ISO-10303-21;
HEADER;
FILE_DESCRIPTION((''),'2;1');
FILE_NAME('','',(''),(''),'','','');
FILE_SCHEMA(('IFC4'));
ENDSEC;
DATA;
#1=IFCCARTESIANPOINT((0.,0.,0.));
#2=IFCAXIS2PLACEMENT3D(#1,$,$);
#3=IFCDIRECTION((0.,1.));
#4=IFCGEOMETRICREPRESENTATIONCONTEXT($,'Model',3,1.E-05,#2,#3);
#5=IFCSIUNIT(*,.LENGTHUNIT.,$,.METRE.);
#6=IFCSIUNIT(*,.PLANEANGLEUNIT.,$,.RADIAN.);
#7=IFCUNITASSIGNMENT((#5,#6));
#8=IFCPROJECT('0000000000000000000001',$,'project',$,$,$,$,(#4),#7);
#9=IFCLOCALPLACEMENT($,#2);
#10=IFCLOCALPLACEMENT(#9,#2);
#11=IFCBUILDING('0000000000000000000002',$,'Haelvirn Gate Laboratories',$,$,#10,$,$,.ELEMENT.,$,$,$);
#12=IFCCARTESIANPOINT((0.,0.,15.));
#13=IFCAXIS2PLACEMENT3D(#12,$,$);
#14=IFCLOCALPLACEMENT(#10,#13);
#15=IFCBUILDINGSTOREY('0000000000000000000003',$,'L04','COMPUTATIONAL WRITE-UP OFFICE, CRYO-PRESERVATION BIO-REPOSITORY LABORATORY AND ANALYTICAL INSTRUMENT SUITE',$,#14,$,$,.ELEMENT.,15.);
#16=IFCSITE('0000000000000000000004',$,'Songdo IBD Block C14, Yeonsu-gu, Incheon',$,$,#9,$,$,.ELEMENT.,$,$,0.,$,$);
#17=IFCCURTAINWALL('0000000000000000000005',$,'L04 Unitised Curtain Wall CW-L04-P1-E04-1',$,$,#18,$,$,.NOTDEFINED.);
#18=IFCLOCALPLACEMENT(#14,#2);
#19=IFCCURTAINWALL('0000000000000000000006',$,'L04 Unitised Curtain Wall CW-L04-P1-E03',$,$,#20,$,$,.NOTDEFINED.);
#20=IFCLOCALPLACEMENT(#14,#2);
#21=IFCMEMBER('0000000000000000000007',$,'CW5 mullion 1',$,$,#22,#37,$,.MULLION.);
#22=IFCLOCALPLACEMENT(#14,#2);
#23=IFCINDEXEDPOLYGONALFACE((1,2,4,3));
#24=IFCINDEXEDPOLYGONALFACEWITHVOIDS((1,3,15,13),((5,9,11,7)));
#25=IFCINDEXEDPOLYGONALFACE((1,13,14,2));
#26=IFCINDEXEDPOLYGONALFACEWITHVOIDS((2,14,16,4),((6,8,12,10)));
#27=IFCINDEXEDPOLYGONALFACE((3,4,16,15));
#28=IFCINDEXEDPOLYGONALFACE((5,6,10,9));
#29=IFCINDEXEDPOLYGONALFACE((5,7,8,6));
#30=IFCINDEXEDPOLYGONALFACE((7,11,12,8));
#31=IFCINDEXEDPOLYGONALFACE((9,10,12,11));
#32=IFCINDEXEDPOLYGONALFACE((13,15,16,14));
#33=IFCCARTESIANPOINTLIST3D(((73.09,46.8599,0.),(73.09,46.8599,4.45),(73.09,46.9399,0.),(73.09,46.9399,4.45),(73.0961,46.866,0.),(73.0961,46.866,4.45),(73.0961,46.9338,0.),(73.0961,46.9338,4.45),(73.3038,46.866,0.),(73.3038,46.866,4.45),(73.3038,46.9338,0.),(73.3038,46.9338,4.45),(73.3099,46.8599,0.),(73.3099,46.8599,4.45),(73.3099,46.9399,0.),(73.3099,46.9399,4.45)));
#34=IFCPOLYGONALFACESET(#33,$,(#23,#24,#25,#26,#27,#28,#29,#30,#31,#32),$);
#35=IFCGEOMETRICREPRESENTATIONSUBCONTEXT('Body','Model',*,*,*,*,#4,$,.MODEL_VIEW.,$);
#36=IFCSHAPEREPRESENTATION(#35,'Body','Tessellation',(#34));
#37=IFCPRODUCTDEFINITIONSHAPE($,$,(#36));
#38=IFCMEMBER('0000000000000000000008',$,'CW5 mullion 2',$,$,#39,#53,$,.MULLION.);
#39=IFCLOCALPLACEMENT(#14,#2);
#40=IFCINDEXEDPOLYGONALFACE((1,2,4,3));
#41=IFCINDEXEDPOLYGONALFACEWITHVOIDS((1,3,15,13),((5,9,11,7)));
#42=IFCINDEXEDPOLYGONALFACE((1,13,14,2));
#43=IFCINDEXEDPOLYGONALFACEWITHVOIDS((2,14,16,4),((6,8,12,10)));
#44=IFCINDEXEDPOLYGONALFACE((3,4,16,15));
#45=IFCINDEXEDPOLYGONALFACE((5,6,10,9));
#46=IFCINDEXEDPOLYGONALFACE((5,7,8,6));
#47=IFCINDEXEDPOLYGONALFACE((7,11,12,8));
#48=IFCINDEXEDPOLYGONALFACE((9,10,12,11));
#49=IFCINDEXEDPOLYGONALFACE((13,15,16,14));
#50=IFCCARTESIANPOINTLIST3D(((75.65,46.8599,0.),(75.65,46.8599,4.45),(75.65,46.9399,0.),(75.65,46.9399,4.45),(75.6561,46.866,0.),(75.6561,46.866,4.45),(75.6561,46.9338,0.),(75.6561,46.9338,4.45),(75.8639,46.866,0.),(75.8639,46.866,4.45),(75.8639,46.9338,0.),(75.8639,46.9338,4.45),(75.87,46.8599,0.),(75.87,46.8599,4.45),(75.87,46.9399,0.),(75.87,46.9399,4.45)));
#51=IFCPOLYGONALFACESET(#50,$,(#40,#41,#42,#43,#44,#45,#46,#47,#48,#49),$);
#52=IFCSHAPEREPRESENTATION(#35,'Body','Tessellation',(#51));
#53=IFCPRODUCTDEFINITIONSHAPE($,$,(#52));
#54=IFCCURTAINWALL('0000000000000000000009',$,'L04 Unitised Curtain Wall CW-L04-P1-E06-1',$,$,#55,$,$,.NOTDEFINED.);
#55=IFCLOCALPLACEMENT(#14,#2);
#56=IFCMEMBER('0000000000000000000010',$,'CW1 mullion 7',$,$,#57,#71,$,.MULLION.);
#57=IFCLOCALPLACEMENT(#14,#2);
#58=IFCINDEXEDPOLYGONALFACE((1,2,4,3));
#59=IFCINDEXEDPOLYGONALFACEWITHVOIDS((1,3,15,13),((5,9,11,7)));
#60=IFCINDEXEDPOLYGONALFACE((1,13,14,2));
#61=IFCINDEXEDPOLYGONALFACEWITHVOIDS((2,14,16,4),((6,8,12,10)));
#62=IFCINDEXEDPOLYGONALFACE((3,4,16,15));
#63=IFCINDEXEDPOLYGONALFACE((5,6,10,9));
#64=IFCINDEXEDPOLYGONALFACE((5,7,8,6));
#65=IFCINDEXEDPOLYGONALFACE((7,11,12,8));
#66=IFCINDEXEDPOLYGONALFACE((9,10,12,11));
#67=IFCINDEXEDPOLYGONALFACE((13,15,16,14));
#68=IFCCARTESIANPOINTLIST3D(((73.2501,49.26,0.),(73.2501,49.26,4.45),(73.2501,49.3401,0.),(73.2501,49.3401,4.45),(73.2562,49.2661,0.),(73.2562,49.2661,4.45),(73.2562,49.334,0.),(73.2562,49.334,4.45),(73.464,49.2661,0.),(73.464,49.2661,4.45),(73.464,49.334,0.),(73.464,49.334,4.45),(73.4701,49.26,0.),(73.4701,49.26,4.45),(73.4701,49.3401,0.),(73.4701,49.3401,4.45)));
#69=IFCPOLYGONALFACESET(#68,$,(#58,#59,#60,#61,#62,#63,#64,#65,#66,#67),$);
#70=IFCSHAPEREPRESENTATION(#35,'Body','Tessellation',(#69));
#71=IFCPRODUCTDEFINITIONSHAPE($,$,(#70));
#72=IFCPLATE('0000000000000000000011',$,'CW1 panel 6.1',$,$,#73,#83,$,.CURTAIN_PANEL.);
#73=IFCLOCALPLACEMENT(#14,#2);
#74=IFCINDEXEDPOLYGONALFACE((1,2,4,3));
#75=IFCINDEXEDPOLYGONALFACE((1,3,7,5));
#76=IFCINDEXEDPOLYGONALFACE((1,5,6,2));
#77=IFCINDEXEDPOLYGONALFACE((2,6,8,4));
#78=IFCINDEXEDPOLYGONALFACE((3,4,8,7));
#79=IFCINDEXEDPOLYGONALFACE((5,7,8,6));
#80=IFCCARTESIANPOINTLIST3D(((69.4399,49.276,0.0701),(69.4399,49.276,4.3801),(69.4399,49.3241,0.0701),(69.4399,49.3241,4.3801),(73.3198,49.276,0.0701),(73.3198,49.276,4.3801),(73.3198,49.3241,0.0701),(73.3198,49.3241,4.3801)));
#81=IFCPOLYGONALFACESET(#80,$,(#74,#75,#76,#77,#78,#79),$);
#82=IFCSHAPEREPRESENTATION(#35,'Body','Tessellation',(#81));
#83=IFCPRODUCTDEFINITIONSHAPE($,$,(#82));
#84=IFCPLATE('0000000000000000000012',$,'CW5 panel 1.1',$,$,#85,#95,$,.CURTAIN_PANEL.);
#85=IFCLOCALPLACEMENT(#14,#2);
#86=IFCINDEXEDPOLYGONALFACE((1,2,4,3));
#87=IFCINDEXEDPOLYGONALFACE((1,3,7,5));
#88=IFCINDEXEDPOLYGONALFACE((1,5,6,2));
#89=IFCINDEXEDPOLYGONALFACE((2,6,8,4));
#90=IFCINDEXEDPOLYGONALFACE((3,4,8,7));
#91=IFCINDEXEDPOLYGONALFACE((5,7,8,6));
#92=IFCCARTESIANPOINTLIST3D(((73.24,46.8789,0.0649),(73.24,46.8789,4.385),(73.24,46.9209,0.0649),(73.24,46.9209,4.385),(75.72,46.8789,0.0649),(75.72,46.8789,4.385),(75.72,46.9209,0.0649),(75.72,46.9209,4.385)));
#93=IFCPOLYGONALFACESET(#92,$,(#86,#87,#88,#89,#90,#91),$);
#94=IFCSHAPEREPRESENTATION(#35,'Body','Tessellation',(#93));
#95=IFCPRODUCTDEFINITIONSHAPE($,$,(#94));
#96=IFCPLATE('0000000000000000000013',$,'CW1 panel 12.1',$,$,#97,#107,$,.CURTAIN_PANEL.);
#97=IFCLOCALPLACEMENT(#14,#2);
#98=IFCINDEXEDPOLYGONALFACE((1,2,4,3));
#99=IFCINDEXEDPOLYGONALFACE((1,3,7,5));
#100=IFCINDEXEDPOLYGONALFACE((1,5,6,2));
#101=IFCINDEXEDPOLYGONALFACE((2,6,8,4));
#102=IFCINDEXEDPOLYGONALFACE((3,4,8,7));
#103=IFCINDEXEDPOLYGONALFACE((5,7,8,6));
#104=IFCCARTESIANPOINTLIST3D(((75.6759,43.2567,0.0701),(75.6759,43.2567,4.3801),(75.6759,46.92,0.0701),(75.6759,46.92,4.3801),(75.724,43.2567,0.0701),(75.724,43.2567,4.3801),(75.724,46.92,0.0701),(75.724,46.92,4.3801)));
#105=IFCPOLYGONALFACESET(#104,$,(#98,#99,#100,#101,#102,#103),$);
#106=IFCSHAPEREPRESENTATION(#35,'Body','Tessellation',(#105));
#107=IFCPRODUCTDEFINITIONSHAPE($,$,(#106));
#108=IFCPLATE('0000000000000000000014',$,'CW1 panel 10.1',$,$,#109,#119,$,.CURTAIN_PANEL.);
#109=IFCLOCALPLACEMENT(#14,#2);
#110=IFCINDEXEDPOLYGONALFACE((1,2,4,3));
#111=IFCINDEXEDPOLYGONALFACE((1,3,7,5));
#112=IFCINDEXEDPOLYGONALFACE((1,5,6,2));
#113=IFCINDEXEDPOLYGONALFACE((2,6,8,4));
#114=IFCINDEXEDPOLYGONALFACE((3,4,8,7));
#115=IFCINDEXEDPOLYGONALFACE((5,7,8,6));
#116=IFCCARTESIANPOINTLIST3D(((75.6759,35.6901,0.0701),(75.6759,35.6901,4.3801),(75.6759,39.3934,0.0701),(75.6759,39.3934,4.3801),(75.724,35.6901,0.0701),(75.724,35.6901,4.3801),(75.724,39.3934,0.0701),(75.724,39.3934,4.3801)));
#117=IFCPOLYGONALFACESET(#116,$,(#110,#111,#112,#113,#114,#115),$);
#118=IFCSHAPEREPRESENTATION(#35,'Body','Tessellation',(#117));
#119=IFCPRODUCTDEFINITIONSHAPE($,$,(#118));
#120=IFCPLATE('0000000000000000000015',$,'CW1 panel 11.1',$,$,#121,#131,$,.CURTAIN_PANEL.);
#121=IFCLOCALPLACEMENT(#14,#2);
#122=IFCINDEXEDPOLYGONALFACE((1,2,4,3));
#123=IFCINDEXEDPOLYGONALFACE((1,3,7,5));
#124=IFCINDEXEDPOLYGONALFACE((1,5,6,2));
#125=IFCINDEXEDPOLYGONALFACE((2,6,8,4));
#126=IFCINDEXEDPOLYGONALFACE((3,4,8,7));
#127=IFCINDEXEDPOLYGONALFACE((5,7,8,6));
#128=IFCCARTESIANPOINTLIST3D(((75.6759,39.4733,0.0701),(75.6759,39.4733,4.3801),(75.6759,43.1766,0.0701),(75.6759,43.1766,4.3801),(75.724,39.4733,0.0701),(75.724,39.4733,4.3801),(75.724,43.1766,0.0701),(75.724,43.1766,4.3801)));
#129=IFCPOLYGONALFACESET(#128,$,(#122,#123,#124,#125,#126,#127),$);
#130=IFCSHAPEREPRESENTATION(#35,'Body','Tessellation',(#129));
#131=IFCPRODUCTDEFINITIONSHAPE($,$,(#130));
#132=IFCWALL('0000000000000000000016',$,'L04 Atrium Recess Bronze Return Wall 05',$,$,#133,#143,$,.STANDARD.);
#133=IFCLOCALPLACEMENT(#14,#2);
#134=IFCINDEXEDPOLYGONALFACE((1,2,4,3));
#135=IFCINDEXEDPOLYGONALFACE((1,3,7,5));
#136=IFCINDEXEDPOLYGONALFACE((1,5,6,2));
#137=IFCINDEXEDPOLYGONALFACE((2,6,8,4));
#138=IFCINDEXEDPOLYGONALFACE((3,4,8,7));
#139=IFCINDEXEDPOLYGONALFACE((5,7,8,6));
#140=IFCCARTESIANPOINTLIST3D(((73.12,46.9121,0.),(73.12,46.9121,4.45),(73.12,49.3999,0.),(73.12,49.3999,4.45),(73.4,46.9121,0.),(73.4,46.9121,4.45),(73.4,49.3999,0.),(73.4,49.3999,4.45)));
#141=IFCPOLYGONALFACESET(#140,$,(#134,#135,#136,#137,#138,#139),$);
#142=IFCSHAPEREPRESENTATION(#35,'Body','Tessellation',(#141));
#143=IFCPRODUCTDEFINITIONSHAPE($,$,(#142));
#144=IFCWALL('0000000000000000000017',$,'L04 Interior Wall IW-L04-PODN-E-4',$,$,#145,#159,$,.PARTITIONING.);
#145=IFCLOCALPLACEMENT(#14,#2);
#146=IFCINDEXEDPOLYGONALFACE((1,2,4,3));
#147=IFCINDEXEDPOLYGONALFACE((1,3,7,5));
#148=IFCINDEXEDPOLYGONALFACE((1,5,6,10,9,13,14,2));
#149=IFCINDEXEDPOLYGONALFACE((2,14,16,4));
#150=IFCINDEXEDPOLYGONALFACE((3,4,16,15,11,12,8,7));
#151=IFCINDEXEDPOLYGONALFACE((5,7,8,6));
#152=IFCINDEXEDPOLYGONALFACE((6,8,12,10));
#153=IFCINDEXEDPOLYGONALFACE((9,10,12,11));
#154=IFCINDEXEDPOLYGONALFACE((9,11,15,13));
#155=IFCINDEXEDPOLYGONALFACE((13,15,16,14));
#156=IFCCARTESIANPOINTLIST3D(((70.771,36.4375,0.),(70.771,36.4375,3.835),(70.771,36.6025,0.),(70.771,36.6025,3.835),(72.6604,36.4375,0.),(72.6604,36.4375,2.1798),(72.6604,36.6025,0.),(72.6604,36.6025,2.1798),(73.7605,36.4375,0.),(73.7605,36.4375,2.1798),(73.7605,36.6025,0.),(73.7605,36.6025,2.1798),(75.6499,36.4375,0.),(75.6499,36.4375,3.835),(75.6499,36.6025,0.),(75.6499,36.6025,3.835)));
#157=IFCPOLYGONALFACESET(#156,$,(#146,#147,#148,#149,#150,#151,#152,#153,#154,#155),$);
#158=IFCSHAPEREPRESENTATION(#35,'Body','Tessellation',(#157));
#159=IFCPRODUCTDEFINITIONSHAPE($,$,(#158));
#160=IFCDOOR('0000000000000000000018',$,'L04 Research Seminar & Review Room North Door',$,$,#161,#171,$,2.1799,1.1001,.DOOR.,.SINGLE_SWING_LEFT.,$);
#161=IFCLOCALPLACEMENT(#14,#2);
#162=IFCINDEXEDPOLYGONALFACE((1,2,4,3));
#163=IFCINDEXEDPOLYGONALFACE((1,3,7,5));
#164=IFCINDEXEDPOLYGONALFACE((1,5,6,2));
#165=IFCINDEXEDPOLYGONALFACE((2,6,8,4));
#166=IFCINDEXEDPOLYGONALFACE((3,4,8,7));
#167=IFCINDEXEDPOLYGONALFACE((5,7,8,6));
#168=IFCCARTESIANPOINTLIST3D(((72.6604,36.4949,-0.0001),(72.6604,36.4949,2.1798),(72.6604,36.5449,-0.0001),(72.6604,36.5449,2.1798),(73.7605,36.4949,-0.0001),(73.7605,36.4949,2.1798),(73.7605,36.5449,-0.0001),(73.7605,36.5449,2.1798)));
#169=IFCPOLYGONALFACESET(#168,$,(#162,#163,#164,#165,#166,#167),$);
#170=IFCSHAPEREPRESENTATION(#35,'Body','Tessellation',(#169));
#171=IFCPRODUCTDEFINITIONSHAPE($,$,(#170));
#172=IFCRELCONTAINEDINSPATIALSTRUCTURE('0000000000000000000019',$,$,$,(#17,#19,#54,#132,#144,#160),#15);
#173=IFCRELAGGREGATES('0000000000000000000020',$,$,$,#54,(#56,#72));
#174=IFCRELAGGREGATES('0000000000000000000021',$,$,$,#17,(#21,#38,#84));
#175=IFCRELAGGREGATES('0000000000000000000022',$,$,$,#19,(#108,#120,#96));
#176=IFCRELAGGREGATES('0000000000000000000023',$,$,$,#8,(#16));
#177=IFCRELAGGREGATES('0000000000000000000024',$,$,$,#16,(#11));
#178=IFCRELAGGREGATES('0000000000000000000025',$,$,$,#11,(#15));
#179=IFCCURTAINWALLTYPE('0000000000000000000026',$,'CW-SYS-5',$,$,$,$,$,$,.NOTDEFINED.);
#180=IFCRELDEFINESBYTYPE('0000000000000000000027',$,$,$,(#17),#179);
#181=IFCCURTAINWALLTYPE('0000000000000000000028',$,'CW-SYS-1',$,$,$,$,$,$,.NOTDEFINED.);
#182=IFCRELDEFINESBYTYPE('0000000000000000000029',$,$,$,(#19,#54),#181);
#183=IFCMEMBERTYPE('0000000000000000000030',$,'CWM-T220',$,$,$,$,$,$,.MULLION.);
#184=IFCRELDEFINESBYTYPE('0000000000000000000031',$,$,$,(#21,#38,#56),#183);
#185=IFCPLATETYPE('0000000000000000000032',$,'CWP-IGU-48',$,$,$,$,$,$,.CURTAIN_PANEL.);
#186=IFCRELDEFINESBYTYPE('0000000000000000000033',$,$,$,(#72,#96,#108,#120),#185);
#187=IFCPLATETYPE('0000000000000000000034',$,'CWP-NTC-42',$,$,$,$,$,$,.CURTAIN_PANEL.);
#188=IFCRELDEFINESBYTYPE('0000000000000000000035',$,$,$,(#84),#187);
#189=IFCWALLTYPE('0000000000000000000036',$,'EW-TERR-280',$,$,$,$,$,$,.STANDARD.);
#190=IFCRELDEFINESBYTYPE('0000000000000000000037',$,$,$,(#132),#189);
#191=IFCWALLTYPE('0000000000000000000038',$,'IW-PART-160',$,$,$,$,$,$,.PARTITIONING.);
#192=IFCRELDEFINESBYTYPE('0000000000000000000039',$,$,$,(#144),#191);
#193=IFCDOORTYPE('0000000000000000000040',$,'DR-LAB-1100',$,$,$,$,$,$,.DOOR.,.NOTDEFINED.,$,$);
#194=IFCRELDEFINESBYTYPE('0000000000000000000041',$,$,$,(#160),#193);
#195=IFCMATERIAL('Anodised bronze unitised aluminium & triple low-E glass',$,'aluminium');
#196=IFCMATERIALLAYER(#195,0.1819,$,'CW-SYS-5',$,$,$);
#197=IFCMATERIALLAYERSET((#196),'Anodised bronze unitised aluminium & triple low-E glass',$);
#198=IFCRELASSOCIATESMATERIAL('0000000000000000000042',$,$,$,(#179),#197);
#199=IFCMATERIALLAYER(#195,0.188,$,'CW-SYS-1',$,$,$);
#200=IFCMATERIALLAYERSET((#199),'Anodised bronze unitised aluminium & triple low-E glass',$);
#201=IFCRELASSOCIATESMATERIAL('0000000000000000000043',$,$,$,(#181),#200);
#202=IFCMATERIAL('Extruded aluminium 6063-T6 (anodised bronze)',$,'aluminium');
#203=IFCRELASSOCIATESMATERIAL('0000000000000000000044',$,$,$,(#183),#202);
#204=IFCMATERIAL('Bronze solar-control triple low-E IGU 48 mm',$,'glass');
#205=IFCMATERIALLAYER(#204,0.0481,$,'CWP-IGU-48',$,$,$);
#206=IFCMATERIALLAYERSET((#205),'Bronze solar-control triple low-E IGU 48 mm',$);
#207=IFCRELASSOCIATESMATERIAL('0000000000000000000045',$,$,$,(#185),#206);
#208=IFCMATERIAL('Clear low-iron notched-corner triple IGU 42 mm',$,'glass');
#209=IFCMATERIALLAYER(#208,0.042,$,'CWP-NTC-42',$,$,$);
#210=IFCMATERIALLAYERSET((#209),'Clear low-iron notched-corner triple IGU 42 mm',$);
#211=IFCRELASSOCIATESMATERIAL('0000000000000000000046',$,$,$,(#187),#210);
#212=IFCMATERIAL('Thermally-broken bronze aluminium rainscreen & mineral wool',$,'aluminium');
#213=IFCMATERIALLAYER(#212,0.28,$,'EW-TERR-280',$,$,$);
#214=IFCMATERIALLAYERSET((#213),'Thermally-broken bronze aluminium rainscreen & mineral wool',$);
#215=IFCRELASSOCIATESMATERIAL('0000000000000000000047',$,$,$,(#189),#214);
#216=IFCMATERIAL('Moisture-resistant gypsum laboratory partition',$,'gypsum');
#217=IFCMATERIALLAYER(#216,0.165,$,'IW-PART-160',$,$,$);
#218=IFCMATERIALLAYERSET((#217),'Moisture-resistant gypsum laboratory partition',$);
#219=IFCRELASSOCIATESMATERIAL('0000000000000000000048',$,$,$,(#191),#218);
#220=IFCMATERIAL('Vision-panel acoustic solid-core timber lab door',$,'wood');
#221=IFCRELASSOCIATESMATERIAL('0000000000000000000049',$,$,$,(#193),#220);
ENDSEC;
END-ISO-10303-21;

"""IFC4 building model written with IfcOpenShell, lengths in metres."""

from ifc_helpers import new_model, si_unit, direction, frame, frame_2d, origin, origin_2d, place, context, subcontext, project, spatial, rectangle, hollow_rectangle, extrude, source, transform, mapped, material, layer, layer_set, material_profile, profile_set, type_object, type_shapes, element, fill, aggregate, save


model = new_model("IFC4")

# Units and contexts
model_context = context("Model", 3, precision=1e-05, world=origin(), true_north=direction((0.0, 1.0)))
body_context = subcontext(model_context, "Body", "Model", "MODEL_VIEW")
ifc_project = project(units=[si_unit("LENGTHUNIT", "METRE"), si_unit("PLANEANGLEUNIT", "RADIAN")], contexts=[model_context])

# Site, building, storey
site_placement = place(None, origin())
site = spatial("IfcSite", under=ifc_project, at=site_placement, Name="Songdo IBD Block C14, Yeonsu-gu, Incheon", CompositionType="ELEMENT", RefElevation=0.0)
building_placement = place(site_placement, origin())
building = spatial("IfcBuilding", under=site, at=building_placement, Name="Haelvirn Gate Laboratories", CompositionType="ELEMENT")
storey_placement = place(building_placement, frame((0.0, 0.0, 15.0)))
storey = spatial("IfcBuildingStorey", under=building, at=storey_placement, Name="L04", Description="COMPUTATIONAL WRITE-UP OFFICE, CRYO-PRESERVATION BIO-REPOSITORY LABORATORY AND ANALYTICAL INSTRUMENT SUITE", CompositionType="ELEMENT", Elevation=15.0)

# Curtain walls
ifc_material_1 = material(Name="Anodised bronze unitised aluminium & triple low-E glass", Category="aluminium")
ifc_layer_1 = layer(ifc_material_1, 0.1819, Name="CW-SYS-5")
ifc_layer_set_1 = layer_set([ifc_layer_1], Name="Anodised bronze unitised aluminium & triple low-E glass")
curtain_wall_type_1 = type_object("IfcCurtainWallType", Name="CW-SYS-5", PredefinedType="NOTDEFINED", material=ifc_layer_set_1)
curtain_wall_1_placement = place(storey_placement, origin())
curtain_wall_1 = element("IfcCurtainWall", 1, at=curtain_wall_1_placement, inside=storey, type_object=curtain_wall_type_1, Name="L04 Unitised Curtain Wall CW-L04-P1-E04-1", PredefinedType="NOTDEFINED")
ifc_material_2 = material(Name="Extruded aluminium 6063-T6 (anodised bronze)", Category="aluminium")
ifc_layer_2 = layer(ifc_material_1, 0.188, Name="CW-SYS-1")
ifc_layer_set_2 = layer_set([ifc_layer_2], Name="Anodised bronze unitised aluminium & triple low-E glass")
curtain_wall_type_2 = type_object("IfcCurtainWallType", Name="CW-SYS-1", PredefinedType="NOTDEFINED", material=ifc_layer_set_2)
curtain_wall_2_placement = place(storey_placement, origin())
curtain_wall_2 = element("IfcCurtainWall", 2, at=curtain_wall_2_placement, inside=storey, type_object=curtain_wall_type_2, Name="L04 Unitised Curtain Wall CW-L04-P1-E03", PredefinedType="NOTDEFINED")
ifc_material_profile_1 = material_profile(ifc_material_2, hollow_rectangle(XDim=0.0801, YDim=0.22, WallThickness=0.0061, at=origin_2d()), Name="CWM-220x80x6")
ifc_profile_set_1 = profile_set([ifc_material_profile_1], Name="Extruded aluminium 6063-T6 (anodised bronze)")
member_type_1 = type_object("IfcMemberType", Name="CWM-T220", PredefinedType="MULLION", material=ifc_profile_set_1)
shared_shape_1 = source(origin(), body_context, "Body", "SweptSolid", [
    extrude(hollow_rectangle(XDim=0.0801, YDim=0.22, WallThickness=0.0061, at=origin_2d()), origin(), (0.0, 0.0, 1.0), 4.45),
])
type_shapes(member_type_1, [shared_shape_1])

# Members
member_1_placement = place(storey_placement, frame((73.2, 46.8999, 0.0), z_axis=(0.0, 0.0, 1.0), x_axis=(0.0, 1.0, 0.0)))
member_1 = element("IfcMember", 3, at=member_1_placement, type_object=member_type_1, Name="CW5 mullion 1", PredefinedType="MULLION", context=body_context, shape_type="MappedRepresentation", body=[
    mapped(shared_shape_1, transform((0.0, 0.0, 0.0), scale=1.0)),
])
member_2_placement = place(storey_placement, frame((75.76, 46.8999, 0.0), z_axis=(0.0, 0.0, 1.0), x_axis=(0.0, 1.0, 0.0)))
member_2 = element("IfcMember", 4, at=member_2_placement, type_object=member_type_1, Name="CW5 mullion 2", PredefinedType="MULLION", context=body_context, shape_type="MappedRepresentation", body=[
    mapped(shared_shape_1, transform((0.0, 0.0, 0.0), scale=1.0)),
])

# Curtain wall, member, plate
curtain_wall_3_placement = place(storey_placement, origin())
curtain_wall_3 = element("IfcCurtainWall", 5, at=curtain_wall_3_placement, inside=storey, type_object=curtain_wall_type_2, Name="L04 Unitised Curtain Wall CW-L04-P1-E06-1", PredefinedType="NOTDEFINED")
member_3_placement = place(storey_placement, frame((73.3601, 49.3, 0.0), z_axis=(0.0, 0.0, 1.0), x_axis=(0.0, 1.0, 0.0)))
member_3 = element("IfcMember", 6, at=member_3_placement, type_object=member_type_1, Name="CW1 mullion 7", PredefinedType="MULLION", context=body_context, shape_type="MappedRepresentation", body=[
    mapped(shared_shape_1, transform((0.0, 0.0, 0.0), scale=1.0)),
])
ifc_material_3 = material(Name="Bronze solar-control triple low-E IGU 48 mm", Category="glass")
ifc_layer_3 = layer(ifc_material_3, 0.0481, Name="CWP-IGU-48")
ifc_layer_set_3 = layer_set([ifc_layer_3], Name="Bronze solar-control triple low-E IGU 48 mm")
plate_type_1 = type_object("IfcPlateType", Name="CWP-IGU-48", PredefinedType="CURTAIN_PANEL", material=ifc_layer_set_3)
shared_shape_2 = source(origin(), body_context, "Body", "SweptSolid", [
    extrude(rectangle(XDim=3.8799, YDim=0.0481, at=origin_2d()), origin(), (0.0, 0.0, 1.0), 4.3101),
])
plate_1_placement = place(storey_placement, frame((71.3799, 49.3, 0.0701), z_axis=(0.0, 0.0, 1.0), x_axis=(1.0, 0.0, 0.0)))
plate_1 = element("IfcPlate", 7, at=plate_1_placement, type_object=plate_type_1, Name="CW1 panel 6.1", PredefinedType="CURTAIN_PANEL", context=body_context, shape_type="MappedRepresentation", body=[
    mapped(shared_shape_2, transform((0.0, 0.0, 0.0), scale=1.0)),
])
aggregate(curtain_wall_3, [member_3, plate_1])

# Plates
ifc_material_4 = material(Name="Clear low-iron notched-corner triple IGU 42 mm", Category="glass")
ifc_layer_4 = layer(ifc_material_4, 0.042, Name="CWP-NTC-42")
ifc_layer_set_4 = layer_set([ifc_layer_4], Name="Clear low-iron notched-corner triple IGU 42 mm")
plate_type_2 = type_object("IfcPlateType", Name="CWP-NTC-42", PredefinedType="CURTAIN_PANEL", material=ifc_layer_set_4)
shared_shape_3 = source(origin(), body_context, "Body", "SweptSolid", [
    extrude(rectangle(XDim=2.48, YDim=0.042, at=origin_2d()), origin(), (0.0, 0.0, 1.0), 4.3201),
])
type_shapes(plate_type_2, [shared_shape_3])
plate_2_placement = place(storey_placement, frame((74.48, 46.8999, 0.0649), z_axis=(0.0, 0.0, 1.0), x_axis=(1.0, 0.0, 0.0)))
plate_2 = element("IfcPlate", 8, at=plate_2_placement, type_object=plate_type_2, Name="CW5 panel 1.1", PredefinedType="CURTAIN_PANEL", context=body_context, shape_type="MappedRepresentation", body=[
    mapped(shared_shape_3, transform((0.0, 0.0, 0.0), scale=1.0)),
])
aggregate(curtain_wall_1, [member_1, member_2, plate_2])
shared_shape_4 = source(origin(), body_context, "Body", "SweptSolid", [
    extrude(rectangle(XDim=3.6633, YDim=0.0481, at=origin_2d()), origin(), (0.0, 0.0, 1.0), 4.3101),
])
plate_3_placement = place(storey_placement, frame((75.7, 45.0884, 0.0701), z_axis=(0.0, 0.0, 1.0), x_axis=(0.0, 1.0, 0.0)))
plate_3 = element("IfcPlate", 9, at=plate_3_placement, type_object=plate_type_1, Name="CW1 panel 12.1", PredefinedType="CURTAIN_PANEL", context=body_context, shape_type="MappedRepresentation", body=[
    mapped(shared_shape_4, transform((0.0, 0.0, 0.0), scale=1.0)),
])
shared_shape_5 = source(origin(), body_context, "Body", "SweptSolid", [
    extrude(rectangle(XDim=3.7034, YDim=0.0481, at=origin_2d()), origin(), (0.0, 0.0, 1.0), 4.3101),
])
type_shapes(plate_type_1, [shared_shape_2, shared_shape_4, shared_shape_5])
plate_4_placement = place(storey_placement, frame((75.7, 37.5417, 0.0701), z_axis=(0.0, 0.0, 1.0), x_axis=(0.0, 1.0, 0.0)))
plate_4 = element("IfcPlate", 10, at=plate_4_placement, type_object=plate_type_1, Name="CW1 panel 10.1", PredefinedType="CURTAIN_PANEL", context=body_context, shape_type="MappedRepresentation", body=[
    mapped(shared_shape_5, transform((0.0, 0.0, 0.0), scale=1.0)),
])
plate_5_placement = place(storey_placement, frame((75.7, 41.325, 0.0701), z_axis=(0.0, 0.0, 1.0), x_axis=(0.0, 1.0, 0.0)))
plate_5 = element("IfcPlate", 11, at=plate_5_placement, type_object=plate_type_1, Name="CW1 panel 11.1", PredefinedType="CURTAIN_PANEL", context=body_context, shape_type="MappedRepresentation", body=[
    mapped(shared_shape_5, transform((0.0, 0.0, 0.0), scale=1.0)),
])
aggregate(curtain_wall_2, [plate_4, plate_5, plate_3])

# Wall
ifc_material_5 = material(Name="Thermally-broken bronze aluminium rainscreen & mineral wool", Category="aluminium")
ifc_layer_5 = layer(ifc_material_5, 0.28, Name="EW-TERR-280")
ifc_layer_set_5 = layer_set([ifc_layer_5], Name="Thermally-broken bronze aluminium rainscreen & mineral wool")
wall_type_1 = type_object("IfcWallType", Name="EW-TERR-280", PredefinedType="STANDARD", material=ifc_layer_set_5)
wall_1_placement = place(storey_placement, frame((73.26, 46.9121, 0.0), z_axis=(0.0, 0.0, 1.0), x_axis=(0.0, 1.0, 0.0)))
element("IfcWall", 12, at=wall_1_placement, inside=storey, type_object=wall_type_1, Name="L04 Atrium Recess Bronze Return Wall 05", PredefinedType="STANDARD", context=body_context, shape_type="SweptSolid", body=[
    extrude(rectangle(XDim=2.4878, YDim=0.28, at=frame_2d((1.2439, 0.0))), origin(), (0.0, 0.0, 1.0), 4.45),
])

# Wall, opening, door
ifc_material_6 = material(Name="Moisture-resistant gypsum laboratory partition", Category="gypsum")
ifc_layer_6 = layer(ifc_material_6, 0.165, Name="IW-PART-160")
ifc_layer_set_6 = layer_set([ifc_layer_6], Name="Moisture-resistant gypsum laboratory partition")
wall_type_2 = type_object("IfcWallType", Name="IW-PART-160", PredefinedType="PARTITIONING", material=ifc_layer_set_6)
wall_2_placement = place(storey_placement, frame((70.771, 36.52, 0.0), z_axis=(0.0, 0.0, 1.0), x_axis=(1.0, 0.0, 0.0)))
wall_2 = element("IfcWall", 13, at=wall_2_placement, inside=storey, type_object=wall_type_2, Name="L04 Interior Wall IW-L04-PODN-E-4", PredefinedType="PARTITIONING", context=body_context, shape_type="SweptSolid", body=[
    extrude(rectangle(XDim=4.8789, YDim=0.165, at=frame_2d((2.4395, 0.0))), origin(), (0.0, 0.0, 1.0), 3.835),
])
opening_placement = place(wall_2_placement, frame((1.8894, 0.0, 0.0)))
opening = element("IfcOpeningElement", 14, at=opening_placement, cuts=wall_2, PredefinedType="OPENING", context=body_context, shape_type="SweptSolid", body=[
    extrude(rectangle(XDim=1.1001, YDim=2.1799, at=frame_2d((0.55, 1.0898))), frame((0.0, 0.0925, 0.0), z_axis=(0.0, -1.0, 0.0), x_axis=(1.0, 0.0, 0.0)), (0.0, 0.0, 1.0), 0.1851),
])
ifc_material_7 = material(Name="Vision-panel acoustic solid-core timber lab door", Category="wood")
door_type = type_object("IfcDoorType", Name="DR-LAB-1100", OperationType="NOTDEFINED", PredefinedType="DOOR", material=ifc_material_7)
shared_shape_6 = source(origin(), body_context, "Body", "SweptSolid", [
    extrude(rectangle(XDim=1.1001, YDim=2.1799, at=frame_2d((0.55, 1.0898))), frame((0.0, 0.0249, 0.0), z_axis=(0.0, -1.0, 0.0), x_axis=(1.0, 0.0, 0.0)), (0.0, 0.0, 1.0), 0.05),
])
type_shapes(door_type, [shared_shape_6])
door_placement = place(opening_placement, origin())
door = element("IfcDoor", 15, at=door_placement, inside=storey, type_object=door_type, Name="L04 Research Seminar & Review Room North Door", OperationType="SINGLE_SWING_LEFT", OverallHeight=2.1799, OverallWidth=1.1001, PredefinedType="DOOR", context=body_context, shape_type="MappedRepresentation", body=[
    mapped(shared_shape_6, transform((0.0, 0.0, 0.0), scale=1.0)),
])
fill(opening, door)

save(model, "model.ifc")
